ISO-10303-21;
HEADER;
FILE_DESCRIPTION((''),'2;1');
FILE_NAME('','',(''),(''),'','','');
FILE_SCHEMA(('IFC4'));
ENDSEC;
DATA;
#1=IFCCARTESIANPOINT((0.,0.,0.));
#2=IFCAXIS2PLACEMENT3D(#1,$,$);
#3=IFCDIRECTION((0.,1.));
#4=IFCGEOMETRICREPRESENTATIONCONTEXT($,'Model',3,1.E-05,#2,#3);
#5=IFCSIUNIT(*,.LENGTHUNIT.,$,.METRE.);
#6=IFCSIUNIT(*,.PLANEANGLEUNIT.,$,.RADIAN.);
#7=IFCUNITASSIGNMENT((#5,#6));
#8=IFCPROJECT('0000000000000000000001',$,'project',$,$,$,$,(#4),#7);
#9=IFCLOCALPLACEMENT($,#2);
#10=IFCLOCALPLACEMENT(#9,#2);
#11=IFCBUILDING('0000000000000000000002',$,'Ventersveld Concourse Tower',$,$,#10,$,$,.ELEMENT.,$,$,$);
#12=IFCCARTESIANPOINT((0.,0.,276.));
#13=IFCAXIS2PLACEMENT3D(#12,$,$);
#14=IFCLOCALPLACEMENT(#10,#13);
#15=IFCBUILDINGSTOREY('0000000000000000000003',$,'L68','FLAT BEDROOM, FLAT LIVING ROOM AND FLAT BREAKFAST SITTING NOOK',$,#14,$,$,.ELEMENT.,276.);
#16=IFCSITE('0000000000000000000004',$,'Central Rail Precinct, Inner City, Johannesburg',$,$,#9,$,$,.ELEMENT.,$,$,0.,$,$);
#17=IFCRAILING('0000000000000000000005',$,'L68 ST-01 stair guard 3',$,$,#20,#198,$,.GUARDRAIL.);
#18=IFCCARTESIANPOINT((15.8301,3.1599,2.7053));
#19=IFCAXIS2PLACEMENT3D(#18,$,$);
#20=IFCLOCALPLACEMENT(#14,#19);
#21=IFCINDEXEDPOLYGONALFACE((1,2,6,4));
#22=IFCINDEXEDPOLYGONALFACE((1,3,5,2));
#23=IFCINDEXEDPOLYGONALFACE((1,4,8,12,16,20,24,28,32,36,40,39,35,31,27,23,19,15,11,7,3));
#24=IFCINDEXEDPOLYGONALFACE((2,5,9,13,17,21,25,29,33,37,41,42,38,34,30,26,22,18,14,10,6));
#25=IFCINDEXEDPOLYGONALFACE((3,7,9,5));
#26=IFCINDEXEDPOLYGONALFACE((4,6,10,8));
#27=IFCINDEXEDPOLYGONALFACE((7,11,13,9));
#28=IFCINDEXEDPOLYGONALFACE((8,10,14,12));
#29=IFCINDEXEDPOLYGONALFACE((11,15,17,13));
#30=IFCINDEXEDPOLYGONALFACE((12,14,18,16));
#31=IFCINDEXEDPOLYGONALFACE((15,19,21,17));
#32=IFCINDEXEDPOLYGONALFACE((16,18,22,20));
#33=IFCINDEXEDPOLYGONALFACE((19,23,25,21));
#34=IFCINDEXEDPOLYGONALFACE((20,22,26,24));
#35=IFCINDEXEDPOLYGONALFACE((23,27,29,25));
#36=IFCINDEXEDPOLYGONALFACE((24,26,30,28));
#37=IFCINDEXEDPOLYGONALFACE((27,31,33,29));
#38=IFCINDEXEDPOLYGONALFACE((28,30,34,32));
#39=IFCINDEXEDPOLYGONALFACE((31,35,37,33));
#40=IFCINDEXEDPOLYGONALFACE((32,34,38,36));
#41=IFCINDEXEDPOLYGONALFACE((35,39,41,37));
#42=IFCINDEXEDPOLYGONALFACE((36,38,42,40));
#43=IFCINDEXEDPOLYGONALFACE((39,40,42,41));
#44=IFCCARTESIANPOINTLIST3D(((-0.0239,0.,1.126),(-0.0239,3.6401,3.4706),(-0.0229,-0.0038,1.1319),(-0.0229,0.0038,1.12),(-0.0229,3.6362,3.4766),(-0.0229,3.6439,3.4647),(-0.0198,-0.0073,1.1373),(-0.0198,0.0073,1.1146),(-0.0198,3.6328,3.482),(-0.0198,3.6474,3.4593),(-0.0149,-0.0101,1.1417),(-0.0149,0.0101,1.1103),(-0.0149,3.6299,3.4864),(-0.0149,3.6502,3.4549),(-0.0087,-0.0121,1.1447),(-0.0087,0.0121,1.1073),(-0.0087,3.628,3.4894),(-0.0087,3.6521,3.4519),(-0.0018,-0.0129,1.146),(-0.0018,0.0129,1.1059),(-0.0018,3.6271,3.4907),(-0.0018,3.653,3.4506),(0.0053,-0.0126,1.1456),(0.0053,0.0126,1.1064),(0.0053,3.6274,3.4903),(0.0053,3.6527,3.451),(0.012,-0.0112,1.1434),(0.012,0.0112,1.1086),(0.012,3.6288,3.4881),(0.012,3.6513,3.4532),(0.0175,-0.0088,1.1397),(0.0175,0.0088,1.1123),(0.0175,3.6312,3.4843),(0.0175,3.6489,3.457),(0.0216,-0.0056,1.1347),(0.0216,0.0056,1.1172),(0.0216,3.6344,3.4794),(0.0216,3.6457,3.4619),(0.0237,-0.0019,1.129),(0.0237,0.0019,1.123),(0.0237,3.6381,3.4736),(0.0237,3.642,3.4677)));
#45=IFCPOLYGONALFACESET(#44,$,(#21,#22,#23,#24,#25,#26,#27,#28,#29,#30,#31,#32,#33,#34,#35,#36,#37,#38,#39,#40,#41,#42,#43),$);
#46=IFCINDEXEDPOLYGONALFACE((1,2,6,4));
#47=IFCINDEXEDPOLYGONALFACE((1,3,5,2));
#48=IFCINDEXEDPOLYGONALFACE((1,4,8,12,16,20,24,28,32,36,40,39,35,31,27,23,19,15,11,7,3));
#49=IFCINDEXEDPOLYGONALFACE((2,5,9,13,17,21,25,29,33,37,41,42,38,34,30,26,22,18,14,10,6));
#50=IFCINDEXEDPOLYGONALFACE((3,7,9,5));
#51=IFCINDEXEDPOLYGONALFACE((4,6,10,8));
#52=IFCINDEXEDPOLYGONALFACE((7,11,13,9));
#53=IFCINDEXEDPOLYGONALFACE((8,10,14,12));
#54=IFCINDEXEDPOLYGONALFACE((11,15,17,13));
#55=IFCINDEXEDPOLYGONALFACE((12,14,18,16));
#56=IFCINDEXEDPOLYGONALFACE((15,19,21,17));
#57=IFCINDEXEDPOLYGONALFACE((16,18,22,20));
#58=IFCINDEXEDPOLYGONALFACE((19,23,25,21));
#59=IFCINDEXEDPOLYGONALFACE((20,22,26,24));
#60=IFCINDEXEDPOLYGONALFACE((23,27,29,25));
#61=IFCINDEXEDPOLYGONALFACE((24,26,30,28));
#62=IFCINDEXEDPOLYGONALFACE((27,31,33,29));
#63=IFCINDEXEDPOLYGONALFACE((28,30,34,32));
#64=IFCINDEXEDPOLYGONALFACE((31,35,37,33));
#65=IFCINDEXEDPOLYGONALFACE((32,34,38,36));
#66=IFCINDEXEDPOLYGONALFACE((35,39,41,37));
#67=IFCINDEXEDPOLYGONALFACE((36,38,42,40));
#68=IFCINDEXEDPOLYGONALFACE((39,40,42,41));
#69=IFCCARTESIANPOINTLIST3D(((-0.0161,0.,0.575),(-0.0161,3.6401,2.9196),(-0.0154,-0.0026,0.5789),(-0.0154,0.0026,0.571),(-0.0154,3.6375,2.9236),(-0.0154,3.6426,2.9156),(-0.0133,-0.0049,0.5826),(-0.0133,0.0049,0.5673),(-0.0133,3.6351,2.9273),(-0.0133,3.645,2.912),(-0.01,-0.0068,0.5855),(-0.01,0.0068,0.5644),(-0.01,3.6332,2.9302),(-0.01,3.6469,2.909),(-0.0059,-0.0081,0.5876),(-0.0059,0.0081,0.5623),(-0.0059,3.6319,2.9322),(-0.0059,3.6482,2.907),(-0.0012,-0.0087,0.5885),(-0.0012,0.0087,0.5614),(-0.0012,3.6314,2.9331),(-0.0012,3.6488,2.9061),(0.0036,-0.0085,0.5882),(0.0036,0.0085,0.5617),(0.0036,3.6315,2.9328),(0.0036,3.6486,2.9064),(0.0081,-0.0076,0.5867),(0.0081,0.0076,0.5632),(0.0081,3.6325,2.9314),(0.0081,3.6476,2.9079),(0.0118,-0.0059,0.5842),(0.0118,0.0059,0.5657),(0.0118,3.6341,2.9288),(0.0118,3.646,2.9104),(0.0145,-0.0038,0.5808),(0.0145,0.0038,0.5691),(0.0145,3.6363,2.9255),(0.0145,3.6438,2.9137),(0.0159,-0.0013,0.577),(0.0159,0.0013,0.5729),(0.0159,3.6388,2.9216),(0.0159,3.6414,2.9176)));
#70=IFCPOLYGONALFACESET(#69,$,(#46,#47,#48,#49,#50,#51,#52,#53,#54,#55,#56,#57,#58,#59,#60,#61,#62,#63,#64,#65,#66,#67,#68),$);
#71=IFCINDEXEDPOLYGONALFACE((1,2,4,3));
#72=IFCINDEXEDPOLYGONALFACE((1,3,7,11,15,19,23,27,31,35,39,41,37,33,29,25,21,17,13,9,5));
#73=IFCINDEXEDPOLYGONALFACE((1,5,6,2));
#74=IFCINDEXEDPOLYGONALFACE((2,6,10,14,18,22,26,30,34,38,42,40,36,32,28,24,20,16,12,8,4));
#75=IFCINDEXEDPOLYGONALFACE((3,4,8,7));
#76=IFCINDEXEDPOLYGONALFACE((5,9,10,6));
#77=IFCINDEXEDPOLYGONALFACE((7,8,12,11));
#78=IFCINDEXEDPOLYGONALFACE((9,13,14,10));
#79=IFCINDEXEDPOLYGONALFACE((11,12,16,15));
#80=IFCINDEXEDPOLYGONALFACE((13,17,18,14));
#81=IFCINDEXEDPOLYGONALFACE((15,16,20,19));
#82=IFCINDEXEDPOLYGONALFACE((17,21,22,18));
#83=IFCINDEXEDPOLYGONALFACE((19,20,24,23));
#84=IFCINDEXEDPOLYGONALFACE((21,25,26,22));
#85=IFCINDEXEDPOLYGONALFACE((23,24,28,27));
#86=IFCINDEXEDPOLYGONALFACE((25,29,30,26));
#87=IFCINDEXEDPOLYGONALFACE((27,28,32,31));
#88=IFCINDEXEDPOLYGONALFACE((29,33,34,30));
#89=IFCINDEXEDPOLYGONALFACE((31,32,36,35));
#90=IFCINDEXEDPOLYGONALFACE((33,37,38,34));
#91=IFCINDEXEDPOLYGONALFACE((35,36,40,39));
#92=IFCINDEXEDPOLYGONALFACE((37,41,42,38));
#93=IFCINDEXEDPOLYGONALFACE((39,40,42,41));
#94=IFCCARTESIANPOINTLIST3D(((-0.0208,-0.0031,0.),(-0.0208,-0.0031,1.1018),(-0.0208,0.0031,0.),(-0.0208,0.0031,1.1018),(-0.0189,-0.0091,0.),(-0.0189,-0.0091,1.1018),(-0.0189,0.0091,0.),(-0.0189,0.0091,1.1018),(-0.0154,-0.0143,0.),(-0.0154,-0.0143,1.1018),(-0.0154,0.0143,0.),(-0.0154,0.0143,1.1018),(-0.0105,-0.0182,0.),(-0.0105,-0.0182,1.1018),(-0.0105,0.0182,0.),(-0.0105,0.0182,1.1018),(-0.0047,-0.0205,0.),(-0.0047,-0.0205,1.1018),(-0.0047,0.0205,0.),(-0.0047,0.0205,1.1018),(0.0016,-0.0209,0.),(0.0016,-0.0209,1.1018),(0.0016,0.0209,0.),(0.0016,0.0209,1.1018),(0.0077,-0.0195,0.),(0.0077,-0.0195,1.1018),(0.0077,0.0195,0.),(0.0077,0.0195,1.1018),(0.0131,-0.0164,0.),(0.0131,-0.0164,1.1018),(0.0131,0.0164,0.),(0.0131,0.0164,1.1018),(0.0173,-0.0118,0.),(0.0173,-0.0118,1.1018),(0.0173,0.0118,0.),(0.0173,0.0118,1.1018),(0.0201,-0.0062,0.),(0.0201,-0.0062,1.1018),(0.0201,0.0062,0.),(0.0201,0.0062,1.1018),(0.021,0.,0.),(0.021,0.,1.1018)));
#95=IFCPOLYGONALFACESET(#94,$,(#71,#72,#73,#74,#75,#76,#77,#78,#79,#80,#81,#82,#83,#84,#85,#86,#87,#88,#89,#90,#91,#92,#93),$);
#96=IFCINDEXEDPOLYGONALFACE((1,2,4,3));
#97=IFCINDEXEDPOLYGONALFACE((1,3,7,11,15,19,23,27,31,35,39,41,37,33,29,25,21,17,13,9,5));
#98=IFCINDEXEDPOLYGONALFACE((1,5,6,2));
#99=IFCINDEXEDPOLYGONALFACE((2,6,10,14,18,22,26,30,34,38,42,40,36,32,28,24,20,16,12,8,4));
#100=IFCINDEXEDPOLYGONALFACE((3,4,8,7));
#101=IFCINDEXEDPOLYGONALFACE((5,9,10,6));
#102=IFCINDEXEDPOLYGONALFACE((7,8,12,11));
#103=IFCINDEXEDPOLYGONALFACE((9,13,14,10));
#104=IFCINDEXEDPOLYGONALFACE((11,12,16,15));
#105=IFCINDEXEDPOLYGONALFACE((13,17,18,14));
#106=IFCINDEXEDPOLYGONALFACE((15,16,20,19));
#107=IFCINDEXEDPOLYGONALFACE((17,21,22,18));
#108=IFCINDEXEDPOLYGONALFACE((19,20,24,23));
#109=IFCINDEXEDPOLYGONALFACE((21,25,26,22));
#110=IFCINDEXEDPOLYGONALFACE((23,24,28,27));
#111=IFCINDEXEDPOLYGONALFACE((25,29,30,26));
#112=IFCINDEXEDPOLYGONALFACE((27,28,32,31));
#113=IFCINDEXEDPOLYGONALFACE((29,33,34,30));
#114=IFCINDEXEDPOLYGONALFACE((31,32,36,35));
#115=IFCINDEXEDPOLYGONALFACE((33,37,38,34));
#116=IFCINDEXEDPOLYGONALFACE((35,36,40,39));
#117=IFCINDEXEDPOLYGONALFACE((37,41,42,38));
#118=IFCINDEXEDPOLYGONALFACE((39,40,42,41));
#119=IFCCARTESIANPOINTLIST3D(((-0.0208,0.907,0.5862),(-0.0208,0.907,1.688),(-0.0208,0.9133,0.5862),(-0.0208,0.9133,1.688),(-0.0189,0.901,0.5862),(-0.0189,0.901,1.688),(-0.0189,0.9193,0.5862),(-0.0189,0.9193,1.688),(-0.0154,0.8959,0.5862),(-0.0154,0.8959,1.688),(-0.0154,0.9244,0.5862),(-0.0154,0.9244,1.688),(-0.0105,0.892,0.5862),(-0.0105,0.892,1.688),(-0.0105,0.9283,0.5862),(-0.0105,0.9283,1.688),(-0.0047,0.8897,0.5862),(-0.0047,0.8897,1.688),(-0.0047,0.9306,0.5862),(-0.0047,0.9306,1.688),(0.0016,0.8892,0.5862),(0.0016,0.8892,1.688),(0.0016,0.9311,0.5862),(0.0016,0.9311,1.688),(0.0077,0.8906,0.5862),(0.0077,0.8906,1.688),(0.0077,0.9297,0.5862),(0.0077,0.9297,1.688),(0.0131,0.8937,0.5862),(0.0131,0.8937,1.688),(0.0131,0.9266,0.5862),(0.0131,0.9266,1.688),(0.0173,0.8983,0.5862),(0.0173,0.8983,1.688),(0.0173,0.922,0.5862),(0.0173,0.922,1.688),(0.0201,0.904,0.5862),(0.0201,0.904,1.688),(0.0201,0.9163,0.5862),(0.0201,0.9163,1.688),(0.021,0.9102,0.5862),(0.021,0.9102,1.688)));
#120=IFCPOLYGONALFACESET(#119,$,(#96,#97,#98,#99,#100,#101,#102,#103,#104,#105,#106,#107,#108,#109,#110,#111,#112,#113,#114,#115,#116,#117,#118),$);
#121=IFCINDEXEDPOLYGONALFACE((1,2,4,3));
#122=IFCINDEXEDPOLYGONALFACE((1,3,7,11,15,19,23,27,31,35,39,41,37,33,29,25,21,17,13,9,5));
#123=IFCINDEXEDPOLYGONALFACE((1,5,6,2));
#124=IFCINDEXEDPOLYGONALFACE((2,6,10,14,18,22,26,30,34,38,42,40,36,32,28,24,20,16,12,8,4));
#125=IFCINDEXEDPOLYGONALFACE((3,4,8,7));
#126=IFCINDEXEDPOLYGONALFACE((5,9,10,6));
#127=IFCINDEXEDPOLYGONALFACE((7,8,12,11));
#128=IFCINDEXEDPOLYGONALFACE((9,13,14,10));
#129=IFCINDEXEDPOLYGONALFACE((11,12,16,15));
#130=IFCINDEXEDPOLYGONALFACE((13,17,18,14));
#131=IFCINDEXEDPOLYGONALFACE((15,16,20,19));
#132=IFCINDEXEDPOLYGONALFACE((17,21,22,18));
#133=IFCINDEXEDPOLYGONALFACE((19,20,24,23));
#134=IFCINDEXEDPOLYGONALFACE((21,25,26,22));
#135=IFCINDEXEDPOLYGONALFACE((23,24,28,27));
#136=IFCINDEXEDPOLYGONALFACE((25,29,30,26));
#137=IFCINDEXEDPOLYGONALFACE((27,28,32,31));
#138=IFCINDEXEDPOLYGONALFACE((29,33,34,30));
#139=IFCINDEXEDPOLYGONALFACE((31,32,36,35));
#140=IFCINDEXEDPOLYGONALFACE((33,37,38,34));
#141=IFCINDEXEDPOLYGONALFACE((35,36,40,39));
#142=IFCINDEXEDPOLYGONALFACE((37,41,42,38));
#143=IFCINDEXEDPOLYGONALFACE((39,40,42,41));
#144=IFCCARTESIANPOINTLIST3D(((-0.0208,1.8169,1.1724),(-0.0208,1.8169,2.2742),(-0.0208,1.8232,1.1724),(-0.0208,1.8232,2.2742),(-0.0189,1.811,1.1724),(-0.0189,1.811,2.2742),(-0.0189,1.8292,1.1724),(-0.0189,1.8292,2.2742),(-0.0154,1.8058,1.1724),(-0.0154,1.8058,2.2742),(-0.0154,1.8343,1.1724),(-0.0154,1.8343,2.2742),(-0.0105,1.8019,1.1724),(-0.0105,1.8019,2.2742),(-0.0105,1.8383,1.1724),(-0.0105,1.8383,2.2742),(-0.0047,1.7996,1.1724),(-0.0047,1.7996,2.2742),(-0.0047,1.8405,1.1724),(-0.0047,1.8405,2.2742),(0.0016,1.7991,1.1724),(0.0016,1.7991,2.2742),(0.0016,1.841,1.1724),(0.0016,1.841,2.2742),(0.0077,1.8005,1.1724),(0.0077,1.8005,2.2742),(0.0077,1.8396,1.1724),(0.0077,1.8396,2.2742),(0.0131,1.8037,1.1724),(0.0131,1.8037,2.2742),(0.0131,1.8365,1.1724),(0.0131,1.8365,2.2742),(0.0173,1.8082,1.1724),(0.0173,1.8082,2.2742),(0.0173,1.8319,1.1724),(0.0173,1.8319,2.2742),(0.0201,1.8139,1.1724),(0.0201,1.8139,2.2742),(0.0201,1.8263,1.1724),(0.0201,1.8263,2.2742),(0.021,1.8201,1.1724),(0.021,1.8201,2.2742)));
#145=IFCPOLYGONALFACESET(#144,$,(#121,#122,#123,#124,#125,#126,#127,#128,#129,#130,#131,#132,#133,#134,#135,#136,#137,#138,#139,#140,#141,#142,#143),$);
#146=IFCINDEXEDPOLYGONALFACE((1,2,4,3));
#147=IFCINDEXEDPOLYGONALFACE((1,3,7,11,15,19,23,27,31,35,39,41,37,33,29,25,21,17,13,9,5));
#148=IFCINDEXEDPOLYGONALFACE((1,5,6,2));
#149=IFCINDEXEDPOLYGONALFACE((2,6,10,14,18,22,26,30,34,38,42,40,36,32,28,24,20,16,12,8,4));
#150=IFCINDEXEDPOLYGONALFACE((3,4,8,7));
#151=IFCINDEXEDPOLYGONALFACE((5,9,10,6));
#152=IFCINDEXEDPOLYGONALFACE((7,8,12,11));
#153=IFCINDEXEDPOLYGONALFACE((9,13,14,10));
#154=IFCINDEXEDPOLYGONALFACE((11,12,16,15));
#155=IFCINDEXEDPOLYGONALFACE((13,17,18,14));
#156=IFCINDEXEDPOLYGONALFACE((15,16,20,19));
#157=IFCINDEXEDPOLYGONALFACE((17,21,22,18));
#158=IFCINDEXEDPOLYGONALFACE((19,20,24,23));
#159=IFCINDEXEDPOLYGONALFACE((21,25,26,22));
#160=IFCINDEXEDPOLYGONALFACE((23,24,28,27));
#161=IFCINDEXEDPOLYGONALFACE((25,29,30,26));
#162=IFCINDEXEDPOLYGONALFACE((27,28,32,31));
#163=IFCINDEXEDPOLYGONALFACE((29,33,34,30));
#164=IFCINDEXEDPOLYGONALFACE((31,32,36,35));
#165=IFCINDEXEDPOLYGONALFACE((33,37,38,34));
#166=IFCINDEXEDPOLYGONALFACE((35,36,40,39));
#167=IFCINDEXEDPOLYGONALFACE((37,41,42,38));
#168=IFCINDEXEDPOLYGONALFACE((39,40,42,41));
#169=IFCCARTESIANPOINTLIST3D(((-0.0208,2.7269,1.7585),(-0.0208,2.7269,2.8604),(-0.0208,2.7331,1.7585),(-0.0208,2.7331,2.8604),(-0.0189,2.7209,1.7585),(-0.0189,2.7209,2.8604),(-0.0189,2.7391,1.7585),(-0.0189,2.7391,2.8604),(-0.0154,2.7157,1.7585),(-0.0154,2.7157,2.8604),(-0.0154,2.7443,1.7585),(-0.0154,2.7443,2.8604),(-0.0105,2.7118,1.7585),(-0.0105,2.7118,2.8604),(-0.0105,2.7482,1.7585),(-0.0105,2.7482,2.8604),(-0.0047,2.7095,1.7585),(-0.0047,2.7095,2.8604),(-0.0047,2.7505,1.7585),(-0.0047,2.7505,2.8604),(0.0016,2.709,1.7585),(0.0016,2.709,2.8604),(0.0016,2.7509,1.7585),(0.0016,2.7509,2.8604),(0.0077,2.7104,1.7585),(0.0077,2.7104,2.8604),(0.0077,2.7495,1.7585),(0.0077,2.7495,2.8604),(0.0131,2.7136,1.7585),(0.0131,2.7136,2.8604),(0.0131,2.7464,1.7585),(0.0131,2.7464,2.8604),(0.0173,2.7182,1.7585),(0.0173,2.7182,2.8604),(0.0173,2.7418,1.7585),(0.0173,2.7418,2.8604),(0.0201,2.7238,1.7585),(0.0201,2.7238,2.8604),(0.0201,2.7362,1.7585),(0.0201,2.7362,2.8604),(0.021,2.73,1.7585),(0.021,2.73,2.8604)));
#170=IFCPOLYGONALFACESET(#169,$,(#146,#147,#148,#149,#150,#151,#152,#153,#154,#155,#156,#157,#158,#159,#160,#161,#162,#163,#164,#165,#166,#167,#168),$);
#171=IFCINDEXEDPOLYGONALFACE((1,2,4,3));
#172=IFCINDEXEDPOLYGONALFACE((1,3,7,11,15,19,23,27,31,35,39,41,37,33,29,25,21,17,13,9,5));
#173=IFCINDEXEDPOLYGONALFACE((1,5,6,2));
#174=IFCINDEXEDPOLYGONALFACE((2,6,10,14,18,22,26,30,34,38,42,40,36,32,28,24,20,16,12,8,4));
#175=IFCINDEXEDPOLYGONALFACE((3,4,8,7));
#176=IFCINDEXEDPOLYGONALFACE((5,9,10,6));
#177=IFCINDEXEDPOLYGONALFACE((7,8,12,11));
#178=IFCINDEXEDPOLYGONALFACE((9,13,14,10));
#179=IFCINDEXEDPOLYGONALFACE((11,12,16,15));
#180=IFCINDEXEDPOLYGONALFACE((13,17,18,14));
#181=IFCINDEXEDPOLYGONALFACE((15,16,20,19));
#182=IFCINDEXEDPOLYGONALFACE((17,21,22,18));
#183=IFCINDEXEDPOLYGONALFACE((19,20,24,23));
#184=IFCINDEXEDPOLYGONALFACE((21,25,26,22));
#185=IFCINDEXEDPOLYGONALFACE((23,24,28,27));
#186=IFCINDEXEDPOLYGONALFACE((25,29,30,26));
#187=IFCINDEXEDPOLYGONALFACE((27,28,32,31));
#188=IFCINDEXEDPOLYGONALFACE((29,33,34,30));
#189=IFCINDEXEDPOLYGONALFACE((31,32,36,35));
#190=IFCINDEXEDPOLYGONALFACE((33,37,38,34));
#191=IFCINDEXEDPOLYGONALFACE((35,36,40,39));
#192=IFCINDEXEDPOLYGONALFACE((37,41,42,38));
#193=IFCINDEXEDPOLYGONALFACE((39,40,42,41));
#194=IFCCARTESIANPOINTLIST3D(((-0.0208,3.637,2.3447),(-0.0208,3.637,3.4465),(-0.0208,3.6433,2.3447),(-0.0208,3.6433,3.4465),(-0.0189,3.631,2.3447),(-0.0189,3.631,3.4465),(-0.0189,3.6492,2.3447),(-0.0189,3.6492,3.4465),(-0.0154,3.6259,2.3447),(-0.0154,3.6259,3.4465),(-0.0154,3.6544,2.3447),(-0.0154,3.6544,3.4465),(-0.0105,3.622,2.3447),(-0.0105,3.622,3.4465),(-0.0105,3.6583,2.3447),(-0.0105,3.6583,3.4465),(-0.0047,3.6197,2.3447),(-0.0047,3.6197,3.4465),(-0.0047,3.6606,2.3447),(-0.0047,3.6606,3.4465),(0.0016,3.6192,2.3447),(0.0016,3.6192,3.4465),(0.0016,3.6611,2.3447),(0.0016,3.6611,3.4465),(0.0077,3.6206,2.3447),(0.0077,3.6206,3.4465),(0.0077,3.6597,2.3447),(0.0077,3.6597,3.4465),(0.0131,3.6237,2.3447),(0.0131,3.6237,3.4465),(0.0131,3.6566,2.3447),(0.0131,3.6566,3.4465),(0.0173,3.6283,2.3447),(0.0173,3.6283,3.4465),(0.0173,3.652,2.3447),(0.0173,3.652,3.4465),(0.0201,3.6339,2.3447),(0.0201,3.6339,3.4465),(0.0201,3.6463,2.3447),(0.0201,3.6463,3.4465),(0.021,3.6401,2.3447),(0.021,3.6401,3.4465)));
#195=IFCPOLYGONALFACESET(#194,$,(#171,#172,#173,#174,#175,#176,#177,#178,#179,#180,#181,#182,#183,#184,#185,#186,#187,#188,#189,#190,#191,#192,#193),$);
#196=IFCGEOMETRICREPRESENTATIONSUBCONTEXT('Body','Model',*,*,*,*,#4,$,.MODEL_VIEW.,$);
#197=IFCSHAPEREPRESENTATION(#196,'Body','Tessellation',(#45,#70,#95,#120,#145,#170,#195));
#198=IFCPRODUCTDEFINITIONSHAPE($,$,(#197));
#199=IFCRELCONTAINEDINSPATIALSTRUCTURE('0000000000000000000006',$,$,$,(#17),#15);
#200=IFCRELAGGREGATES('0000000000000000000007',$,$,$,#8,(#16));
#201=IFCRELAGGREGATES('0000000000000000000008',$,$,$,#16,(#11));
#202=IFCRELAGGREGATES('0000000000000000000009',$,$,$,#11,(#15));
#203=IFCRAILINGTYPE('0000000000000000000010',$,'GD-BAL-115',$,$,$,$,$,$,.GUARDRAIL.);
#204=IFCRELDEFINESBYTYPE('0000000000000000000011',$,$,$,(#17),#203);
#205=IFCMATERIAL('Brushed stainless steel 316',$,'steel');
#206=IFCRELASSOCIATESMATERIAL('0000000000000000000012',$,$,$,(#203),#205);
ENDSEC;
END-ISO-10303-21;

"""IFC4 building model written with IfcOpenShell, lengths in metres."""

from ifc_helpers import new_model, si_unit, direction, frame, origin, origin_2d, place, context, subcontext, project, spatial, circle, extrude, material, type_object, element, save


model = new_model("IFC4")

# Units and contexts
model_context = context("Model", 3, precision=1e-05, world=origin(), true_north=direction((0.0, 1.0)))
body_context = subcontext(model_context, "Body", "Model", "MODEL_VIEW")
ifc_project = project(units=[si_unit("LENGTHUNIT", "METRE"), si_unit("PLANEANGLEUNIT", "RADIAN")], contexts=[model_context])

# Site, building, storey
site_placement = place(None, origin())
site = spatial("IfcSite", under=ifc_project, at=site_placement, Name="Central Rail Precinct, Inner City, Johannesburg", CompositionType="ELEMENT", RefElevation=0.0)
building_placement = place(site_placement, origin())
building = spatial("IfcBuilding", under=site, at=building_placement, Name="Ventersveld Concourse Tower", CompositionType="ELEMENT")
storey_placement = place(building_placement, frame((0.0, 0.0, 276.0)))
storey = spatial("IfcBuildingStorey", under=building, at=storey_placement, Name="L68", Description="FLAT BEDROOM, FLAT LIVING ROOM AND FLAT BREAKFAST SITTING NOOK", CompositionType="ELEMENT", Elevation=276.0)

# Shared definitions
ifc_material_1 = material(Name="Brushed stainless steel 316", Category="steel")

# Railing
railing_type_1 = type_object("IfcRailingType", Name="GD-BAL-115", PredefinedType="GUARDRAIL", material=ifc_material_1)
railing_1_placement = place(storey_placement, frame((15.8301, 3.1599, 2.7053)))
element("IfcRailing", 1, at=railing_1_placement, inside=storey, type_object=railing_type_1, Name="L68 ST-01 stair guard 3", PredefinedType="GUARDRAIL", context=body_context, shape_type="SweptSolid", body=[
    extrude(circle(Radius=0.0239, at=origin_2d()), frame((0.0, 0.0, 1.126), z_axis=(0.0, 0.840691, 0.541515), x_axis=(-1.0, 0.0, 0.0)), (0.0, 0.0, 1.0), 4.3298),
    extrude(circle(Radius=0.0161, at=origin_2d()), frame((0.0, 0.0, 0.575), z_axis=(0.0, 0.840691, 0.541515), x_axis=(-1.0, 0.0, 0.0)), (0.0, 0.0, 1.0), 4.3298),
    extrude(circle(Radius=0.021, at=origin_2d()), origin(), (0.0, 0.0, 1.0), 1.1018),
    extrude(circle(Radius=0.021, at=origin_2d()), frame((0.0, 0.9102, 0.5862)), (0.0, 0.0, 1.0), 1.1018),
    extrude(circle(Radius=0.021, at=origin_2d()), frame((0.0, 1.8201, 1.1724)), (0.0, 0.0, 1.0), 1.1018),
    extrude(circle(Radius=0.021, at=origin_2d()), frame((0.0, 2.73, 1.7585)), (0.0, 0.0, 1.0), 1.1018),
    extrude(circle(Radius=0.021, at=origin_2d()), frame((0.0, 3.6401, 2.3447)), (0.0, 0.0, 1.0), 1.1018),
])

save(model, "model.ifc")
